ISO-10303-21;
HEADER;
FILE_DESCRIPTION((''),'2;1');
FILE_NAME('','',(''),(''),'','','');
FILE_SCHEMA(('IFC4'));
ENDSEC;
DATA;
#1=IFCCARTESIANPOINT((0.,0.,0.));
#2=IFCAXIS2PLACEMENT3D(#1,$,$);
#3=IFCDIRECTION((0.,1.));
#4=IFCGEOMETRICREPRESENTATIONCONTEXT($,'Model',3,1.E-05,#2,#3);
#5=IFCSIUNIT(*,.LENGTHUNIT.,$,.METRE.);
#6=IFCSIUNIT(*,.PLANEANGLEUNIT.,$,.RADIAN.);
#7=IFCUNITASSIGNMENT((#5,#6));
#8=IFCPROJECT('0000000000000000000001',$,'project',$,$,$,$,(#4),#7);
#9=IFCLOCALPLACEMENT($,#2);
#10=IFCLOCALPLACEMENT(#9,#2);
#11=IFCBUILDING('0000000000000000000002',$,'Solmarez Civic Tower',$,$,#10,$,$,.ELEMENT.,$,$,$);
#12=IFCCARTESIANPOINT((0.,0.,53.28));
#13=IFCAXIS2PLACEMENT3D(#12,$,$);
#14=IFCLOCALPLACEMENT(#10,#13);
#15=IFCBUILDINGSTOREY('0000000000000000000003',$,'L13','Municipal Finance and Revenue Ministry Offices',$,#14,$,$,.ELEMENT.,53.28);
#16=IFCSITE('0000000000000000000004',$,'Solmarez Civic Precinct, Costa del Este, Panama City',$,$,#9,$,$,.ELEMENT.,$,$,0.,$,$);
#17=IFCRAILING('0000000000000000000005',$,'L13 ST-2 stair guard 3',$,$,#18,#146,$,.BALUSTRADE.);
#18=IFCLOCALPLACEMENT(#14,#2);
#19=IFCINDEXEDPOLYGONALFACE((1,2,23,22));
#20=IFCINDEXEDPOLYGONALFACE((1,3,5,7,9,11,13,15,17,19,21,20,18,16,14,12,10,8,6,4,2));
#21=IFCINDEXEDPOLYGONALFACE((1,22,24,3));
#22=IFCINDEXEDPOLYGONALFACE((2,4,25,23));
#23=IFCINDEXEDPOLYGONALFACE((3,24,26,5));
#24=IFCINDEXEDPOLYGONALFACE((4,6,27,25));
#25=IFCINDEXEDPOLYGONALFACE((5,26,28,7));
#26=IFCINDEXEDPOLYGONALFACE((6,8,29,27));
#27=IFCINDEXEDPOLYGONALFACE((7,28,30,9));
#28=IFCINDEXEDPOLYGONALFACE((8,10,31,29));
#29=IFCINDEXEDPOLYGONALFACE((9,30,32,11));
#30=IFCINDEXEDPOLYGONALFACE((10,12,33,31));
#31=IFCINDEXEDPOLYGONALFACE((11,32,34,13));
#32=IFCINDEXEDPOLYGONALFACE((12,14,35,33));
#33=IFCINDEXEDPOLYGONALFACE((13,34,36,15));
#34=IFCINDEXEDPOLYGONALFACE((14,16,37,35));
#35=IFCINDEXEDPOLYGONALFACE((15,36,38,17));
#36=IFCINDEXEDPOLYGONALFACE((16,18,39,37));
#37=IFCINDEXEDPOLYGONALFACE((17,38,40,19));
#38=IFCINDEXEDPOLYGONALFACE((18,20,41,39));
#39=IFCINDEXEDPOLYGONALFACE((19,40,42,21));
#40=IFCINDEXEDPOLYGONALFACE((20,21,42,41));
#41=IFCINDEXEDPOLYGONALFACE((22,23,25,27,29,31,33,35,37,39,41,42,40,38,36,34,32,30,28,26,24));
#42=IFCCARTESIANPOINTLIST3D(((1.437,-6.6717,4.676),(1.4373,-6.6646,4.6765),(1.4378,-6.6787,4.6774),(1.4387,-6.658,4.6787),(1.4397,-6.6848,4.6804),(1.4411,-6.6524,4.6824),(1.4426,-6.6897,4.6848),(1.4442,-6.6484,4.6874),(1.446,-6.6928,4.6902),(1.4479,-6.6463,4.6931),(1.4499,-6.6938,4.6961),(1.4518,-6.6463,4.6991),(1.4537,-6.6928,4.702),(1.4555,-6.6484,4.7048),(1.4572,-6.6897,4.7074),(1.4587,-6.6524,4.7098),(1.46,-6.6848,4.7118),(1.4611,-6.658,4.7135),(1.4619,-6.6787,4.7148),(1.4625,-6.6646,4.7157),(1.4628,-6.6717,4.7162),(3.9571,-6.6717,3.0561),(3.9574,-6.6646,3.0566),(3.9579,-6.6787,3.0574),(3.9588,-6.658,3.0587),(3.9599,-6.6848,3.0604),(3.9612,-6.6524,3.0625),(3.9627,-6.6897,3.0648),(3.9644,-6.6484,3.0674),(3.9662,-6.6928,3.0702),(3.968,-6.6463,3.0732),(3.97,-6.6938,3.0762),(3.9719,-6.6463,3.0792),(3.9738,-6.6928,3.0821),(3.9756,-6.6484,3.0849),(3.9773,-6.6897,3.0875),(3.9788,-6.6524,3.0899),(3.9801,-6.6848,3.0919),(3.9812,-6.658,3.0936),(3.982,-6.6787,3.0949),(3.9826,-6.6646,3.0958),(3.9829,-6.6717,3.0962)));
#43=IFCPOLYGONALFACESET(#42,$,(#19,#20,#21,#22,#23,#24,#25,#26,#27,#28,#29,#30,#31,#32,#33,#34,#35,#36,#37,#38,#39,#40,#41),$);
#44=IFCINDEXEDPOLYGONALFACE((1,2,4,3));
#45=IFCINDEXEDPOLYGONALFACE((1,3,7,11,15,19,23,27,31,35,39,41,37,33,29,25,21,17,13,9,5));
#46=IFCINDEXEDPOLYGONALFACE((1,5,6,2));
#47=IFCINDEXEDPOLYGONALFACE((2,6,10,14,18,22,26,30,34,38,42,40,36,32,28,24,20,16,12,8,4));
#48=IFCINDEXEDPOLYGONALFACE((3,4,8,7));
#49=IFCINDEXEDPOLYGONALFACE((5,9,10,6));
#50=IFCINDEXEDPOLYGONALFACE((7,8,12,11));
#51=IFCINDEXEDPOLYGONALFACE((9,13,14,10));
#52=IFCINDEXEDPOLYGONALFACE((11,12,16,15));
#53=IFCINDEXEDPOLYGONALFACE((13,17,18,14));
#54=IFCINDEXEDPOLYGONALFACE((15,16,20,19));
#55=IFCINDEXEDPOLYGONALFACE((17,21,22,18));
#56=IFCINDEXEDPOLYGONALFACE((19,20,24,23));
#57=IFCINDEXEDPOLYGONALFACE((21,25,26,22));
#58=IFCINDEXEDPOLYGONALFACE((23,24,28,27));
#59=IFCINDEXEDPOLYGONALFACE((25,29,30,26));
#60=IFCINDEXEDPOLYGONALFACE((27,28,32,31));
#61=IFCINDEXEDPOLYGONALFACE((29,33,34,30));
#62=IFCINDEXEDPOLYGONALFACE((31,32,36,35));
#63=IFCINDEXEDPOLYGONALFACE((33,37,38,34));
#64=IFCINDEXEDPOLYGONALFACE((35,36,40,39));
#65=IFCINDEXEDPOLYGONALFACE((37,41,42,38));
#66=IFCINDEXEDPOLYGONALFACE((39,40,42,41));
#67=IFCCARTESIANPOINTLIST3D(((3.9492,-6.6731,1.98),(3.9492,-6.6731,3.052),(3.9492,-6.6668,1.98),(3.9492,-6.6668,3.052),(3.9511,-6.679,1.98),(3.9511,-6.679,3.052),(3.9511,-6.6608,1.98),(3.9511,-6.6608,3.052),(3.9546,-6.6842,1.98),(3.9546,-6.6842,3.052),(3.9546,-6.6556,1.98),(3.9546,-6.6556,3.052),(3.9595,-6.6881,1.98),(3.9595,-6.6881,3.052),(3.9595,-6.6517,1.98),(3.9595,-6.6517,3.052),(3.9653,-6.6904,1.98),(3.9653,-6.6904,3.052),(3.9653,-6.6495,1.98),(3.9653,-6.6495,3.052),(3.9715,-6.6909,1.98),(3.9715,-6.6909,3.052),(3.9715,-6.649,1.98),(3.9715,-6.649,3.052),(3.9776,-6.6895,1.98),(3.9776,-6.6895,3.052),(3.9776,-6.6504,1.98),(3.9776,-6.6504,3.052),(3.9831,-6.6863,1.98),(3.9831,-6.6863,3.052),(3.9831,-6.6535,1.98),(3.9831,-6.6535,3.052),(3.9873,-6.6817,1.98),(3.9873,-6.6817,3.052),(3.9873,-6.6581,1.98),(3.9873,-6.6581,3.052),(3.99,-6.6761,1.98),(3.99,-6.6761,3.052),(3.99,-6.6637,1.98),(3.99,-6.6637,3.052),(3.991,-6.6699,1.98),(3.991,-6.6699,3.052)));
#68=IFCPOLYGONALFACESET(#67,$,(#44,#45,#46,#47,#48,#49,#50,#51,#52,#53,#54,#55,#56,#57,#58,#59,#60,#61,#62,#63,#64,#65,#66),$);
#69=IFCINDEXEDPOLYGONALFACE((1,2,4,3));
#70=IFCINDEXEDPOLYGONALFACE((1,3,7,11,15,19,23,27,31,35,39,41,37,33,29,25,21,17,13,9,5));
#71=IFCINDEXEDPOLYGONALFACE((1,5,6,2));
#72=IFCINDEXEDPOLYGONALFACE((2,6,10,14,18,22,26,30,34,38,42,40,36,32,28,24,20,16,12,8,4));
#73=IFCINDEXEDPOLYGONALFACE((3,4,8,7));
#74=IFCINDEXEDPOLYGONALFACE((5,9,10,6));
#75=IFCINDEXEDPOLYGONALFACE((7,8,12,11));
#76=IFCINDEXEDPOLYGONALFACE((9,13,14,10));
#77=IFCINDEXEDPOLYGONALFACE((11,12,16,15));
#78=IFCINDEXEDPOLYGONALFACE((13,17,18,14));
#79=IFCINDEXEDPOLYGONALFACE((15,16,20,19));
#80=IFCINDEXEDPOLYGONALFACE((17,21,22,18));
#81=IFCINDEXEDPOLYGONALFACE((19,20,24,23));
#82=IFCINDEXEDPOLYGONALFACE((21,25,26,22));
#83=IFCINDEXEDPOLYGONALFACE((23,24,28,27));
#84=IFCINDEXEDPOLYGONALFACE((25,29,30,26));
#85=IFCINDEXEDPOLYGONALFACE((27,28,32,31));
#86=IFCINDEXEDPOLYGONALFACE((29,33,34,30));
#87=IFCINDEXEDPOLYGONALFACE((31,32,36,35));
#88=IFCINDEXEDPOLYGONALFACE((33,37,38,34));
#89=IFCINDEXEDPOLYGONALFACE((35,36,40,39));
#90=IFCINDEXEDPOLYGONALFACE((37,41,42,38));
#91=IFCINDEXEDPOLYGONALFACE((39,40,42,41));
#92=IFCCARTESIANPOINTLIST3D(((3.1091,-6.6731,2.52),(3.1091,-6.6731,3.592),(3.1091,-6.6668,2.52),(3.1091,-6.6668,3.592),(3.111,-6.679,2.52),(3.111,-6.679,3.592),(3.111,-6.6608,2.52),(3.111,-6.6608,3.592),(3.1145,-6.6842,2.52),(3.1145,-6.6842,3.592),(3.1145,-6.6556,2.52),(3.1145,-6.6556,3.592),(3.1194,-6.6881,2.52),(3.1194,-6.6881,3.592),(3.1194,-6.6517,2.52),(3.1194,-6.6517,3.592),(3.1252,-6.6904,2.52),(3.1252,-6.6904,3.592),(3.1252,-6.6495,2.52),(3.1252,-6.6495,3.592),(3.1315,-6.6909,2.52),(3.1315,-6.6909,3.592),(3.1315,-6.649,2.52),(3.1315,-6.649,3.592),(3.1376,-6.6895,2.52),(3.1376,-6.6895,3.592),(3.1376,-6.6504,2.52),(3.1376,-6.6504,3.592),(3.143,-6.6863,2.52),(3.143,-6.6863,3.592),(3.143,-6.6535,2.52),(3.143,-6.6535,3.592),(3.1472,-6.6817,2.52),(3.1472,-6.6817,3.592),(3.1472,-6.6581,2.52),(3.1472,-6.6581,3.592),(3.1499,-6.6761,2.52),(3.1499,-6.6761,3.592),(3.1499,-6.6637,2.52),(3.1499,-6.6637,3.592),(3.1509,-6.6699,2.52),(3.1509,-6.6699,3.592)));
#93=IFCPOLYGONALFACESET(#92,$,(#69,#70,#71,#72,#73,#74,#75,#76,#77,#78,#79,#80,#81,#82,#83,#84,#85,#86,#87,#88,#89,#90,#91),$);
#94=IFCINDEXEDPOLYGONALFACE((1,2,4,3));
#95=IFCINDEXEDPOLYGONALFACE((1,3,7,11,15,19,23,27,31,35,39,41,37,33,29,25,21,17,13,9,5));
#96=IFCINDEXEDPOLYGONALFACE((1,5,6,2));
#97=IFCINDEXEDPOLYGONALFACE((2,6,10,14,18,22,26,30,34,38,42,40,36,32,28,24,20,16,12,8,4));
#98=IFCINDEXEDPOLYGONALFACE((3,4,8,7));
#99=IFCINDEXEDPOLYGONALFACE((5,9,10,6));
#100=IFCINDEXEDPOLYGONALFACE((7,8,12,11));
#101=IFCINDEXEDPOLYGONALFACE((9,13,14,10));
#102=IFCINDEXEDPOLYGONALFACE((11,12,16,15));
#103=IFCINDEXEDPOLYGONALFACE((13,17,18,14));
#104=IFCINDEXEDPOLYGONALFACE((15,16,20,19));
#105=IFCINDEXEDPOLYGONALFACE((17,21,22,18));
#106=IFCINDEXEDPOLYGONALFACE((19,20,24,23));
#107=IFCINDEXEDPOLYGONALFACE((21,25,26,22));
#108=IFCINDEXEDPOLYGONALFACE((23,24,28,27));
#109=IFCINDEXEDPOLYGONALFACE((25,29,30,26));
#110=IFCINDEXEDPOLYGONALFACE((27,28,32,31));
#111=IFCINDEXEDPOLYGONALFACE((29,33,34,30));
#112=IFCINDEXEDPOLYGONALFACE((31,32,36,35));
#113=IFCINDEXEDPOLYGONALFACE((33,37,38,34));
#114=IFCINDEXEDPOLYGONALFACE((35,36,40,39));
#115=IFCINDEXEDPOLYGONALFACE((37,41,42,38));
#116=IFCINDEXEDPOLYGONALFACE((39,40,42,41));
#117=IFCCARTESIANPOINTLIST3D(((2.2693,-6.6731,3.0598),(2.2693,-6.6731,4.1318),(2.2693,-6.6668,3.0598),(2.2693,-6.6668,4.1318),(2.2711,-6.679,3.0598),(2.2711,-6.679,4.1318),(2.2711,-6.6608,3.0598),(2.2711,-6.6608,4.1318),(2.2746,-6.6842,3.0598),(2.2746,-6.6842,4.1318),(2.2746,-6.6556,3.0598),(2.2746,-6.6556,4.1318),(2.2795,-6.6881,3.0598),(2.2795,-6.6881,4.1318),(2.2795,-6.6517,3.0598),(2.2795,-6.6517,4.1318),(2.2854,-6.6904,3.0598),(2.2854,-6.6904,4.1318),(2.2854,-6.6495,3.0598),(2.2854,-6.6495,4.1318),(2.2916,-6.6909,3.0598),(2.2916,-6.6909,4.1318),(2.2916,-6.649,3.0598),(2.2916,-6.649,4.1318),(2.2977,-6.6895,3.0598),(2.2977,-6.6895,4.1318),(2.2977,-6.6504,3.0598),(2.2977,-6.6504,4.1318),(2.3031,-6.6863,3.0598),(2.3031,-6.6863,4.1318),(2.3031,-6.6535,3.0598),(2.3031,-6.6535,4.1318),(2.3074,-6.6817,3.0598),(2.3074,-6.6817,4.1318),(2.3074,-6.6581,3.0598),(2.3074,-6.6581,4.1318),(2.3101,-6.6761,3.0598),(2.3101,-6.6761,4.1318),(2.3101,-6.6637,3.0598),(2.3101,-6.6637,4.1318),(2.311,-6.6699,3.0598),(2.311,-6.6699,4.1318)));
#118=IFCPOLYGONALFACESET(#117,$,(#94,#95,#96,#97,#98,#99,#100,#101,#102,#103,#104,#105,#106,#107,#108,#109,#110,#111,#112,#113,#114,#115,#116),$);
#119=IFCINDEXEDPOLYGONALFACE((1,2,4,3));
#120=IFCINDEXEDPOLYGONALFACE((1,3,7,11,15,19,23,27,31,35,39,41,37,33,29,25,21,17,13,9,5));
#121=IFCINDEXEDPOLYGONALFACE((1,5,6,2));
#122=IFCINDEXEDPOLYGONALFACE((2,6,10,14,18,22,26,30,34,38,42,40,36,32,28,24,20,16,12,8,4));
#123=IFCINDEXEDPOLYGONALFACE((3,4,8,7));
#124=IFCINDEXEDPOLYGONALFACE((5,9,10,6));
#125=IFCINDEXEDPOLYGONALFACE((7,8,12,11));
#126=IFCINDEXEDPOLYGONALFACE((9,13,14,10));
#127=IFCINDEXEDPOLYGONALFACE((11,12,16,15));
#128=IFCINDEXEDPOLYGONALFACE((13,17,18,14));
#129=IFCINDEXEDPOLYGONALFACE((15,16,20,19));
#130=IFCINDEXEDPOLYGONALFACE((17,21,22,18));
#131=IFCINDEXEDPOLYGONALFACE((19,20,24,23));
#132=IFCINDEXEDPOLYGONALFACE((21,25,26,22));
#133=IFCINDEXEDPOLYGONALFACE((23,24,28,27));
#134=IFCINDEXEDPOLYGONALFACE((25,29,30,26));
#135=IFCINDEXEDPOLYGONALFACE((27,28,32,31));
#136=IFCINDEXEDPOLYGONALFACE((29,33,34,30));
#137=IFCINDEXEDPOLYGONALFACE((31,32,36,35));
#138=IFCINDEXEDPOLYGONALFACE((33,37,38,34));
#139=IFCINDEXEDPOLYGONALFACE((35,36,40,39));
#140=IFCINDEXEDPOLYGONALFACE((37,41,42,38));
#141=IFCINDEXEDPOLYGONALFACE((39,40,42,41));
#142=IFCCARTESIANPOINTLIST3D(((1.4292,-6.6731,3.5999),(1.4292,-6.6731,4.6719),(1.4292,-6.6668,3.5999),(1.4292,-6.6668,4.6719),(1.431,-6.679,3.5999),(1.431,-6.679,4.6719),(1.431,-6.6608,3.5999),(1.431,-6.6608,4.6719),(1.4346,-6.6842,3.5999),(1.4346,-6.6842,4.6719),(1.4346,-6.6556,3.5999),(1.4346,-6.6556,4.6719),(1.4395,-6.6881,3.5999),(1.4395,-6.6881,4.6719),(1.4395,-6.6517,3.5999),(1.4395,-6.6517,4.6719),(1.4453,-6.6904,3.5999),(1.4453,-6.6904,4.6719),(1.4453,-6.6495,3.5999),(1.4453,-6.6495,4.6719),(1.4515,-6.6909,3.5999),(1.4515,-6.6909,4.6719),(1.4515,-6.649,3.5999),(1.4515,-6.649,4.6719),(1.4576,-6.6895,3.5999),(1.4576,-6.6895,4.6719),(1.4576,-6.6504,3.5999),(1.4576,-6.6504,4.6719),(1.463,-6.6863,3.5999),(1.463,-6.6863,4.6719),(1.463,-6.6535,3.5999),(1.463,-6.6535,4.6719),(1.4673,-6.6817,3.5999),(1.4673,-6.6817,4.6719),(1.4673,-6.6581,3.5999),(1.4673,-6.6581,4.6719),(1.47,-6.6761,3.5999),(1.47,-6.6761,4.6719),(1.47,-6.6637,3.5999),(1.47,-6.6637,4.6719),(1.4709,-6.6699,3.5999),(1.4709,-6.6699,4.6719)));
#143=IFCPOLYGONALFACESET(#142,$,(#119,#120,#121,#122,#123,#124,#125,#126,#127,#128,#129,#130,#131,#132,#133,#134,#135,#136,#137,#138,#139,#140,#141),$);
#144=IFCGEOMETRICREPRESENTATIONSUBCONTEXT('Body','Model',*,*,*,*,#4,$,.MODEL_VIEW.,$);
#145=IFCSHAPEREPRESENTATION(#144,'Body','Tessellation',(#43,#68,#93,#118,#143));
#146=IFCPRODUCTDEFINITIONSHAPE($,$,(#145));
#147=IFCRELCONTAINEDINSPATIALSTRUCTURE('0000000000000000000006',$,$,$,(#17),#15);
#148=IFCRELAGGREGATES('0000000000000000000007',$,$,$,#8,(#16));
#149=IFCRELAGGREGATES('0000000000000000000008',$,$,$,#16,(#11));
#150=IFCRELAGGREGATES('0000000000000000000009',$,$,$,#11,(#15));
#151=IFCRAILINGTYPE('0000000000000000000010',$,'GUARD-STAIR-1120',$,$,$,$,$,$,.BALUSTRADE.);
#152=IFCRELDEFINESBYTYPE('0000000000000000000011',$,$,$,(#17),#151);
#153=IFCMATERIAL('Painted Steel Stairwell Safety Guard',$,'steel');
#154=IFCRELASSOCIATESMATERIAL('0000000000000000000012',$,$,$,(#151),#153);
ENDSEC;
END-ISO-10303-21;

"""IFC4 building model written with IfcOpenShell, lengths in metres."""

from ifc_helpers import new_model, si_unit, direction, frame, origin, origin_2d, place, context, subcontext, project, spatial, circle, extrude, material, type_object, element, save


model = new_model("IFC4")

# Units and contexts
model_context = context("Model", 3, precision=1e-05, world=origin(), true_north=direction((0.0, 1.0)))
body_context = subcontext(model_context, "Body", "Model", "MODEL_VIEW")
ifc_project = project(units=[si_unit("LENGTHUNIT", "METRE"), si_unit("PLANEANGLEUNIT", "RADIAN")], contexts=[model_context])

# Site, building, storey
site_placement = place(None, origin())
site = spatial("IfcSite", under=ifc_project, at=site_placement, Name="Solmarez Civic Precinct, Costa del Este, Panama City", CompositionType="ELEMENT", RefElevation=0.0)
building_placement = place(site_placement, origin())
building = spatial("IfcBuilding", under=site, at=building_placement, Name="Solmarez Civic Tower", CompositionType="ELEMENT")
storey_placement = place(building_placement, frame((0.0, 0.0, 53.28)))
storey = spatial("IfcBuildingStorey", under=building, at=storey_placement, Name="L13", Description="Municipal Finance and Revenue Ministry Offices", CompositionType="ELEMENT", Elevation=53.28)

# Railing
ifc_material_1 = material(Name="Painted Steel Stairwell Safety Guard", Category="steel")
railing_type_1 = type_object("IfcRailingType", Name="GUARD-STAIR-1120", PredefinedType="BALUSTRADE", material=ifc_material_1)
railing_1_placement = place(storey_placement, frame((3.97, -6.6699, 1.98)))
element("IfcRailing", 1, at=railing_1_placement, inside=storey, type_object=railing_type_1, Name="L13 ST-2 stair guard 3", PredefinedType="BALUSTRADE", context=body_context, shape_type="SweptSolid", body=[
    extrude(circle(Radius=0.0239, at=origin_2d()), frame((0.0, 0.0, 1.0962), z_axis=(-0.8412, 0.0, 0.540725), x_axis=(0.0, -1.0, 0.0)), (0.0, 0.0, 1.0), 2.9958),
    extrude(circle(Radius=0.021, at=origin_2d()), origin(), (0.0, 0.0, 1.0), 1.072),
    extrude(circle(Radius=0.021, at=origin_2d()), frame((-0.8401, 0.0, 0.54)), (0.0, 0.0, 1.0), 1.072),
    extrude(circle(Radius=0.021, at=origin_2d()), frame((-1.6799, 0.0, 1.0798)), (0.0, 0.0, 1.0), 1.072),
    extrude(circle(Radius=0.021, at=origin_2d()), frame((-2.52, 0.0, 1.6199)), (0.0, 0.0, 1.0), 1.072),
])

save(model, "model.ifc")
